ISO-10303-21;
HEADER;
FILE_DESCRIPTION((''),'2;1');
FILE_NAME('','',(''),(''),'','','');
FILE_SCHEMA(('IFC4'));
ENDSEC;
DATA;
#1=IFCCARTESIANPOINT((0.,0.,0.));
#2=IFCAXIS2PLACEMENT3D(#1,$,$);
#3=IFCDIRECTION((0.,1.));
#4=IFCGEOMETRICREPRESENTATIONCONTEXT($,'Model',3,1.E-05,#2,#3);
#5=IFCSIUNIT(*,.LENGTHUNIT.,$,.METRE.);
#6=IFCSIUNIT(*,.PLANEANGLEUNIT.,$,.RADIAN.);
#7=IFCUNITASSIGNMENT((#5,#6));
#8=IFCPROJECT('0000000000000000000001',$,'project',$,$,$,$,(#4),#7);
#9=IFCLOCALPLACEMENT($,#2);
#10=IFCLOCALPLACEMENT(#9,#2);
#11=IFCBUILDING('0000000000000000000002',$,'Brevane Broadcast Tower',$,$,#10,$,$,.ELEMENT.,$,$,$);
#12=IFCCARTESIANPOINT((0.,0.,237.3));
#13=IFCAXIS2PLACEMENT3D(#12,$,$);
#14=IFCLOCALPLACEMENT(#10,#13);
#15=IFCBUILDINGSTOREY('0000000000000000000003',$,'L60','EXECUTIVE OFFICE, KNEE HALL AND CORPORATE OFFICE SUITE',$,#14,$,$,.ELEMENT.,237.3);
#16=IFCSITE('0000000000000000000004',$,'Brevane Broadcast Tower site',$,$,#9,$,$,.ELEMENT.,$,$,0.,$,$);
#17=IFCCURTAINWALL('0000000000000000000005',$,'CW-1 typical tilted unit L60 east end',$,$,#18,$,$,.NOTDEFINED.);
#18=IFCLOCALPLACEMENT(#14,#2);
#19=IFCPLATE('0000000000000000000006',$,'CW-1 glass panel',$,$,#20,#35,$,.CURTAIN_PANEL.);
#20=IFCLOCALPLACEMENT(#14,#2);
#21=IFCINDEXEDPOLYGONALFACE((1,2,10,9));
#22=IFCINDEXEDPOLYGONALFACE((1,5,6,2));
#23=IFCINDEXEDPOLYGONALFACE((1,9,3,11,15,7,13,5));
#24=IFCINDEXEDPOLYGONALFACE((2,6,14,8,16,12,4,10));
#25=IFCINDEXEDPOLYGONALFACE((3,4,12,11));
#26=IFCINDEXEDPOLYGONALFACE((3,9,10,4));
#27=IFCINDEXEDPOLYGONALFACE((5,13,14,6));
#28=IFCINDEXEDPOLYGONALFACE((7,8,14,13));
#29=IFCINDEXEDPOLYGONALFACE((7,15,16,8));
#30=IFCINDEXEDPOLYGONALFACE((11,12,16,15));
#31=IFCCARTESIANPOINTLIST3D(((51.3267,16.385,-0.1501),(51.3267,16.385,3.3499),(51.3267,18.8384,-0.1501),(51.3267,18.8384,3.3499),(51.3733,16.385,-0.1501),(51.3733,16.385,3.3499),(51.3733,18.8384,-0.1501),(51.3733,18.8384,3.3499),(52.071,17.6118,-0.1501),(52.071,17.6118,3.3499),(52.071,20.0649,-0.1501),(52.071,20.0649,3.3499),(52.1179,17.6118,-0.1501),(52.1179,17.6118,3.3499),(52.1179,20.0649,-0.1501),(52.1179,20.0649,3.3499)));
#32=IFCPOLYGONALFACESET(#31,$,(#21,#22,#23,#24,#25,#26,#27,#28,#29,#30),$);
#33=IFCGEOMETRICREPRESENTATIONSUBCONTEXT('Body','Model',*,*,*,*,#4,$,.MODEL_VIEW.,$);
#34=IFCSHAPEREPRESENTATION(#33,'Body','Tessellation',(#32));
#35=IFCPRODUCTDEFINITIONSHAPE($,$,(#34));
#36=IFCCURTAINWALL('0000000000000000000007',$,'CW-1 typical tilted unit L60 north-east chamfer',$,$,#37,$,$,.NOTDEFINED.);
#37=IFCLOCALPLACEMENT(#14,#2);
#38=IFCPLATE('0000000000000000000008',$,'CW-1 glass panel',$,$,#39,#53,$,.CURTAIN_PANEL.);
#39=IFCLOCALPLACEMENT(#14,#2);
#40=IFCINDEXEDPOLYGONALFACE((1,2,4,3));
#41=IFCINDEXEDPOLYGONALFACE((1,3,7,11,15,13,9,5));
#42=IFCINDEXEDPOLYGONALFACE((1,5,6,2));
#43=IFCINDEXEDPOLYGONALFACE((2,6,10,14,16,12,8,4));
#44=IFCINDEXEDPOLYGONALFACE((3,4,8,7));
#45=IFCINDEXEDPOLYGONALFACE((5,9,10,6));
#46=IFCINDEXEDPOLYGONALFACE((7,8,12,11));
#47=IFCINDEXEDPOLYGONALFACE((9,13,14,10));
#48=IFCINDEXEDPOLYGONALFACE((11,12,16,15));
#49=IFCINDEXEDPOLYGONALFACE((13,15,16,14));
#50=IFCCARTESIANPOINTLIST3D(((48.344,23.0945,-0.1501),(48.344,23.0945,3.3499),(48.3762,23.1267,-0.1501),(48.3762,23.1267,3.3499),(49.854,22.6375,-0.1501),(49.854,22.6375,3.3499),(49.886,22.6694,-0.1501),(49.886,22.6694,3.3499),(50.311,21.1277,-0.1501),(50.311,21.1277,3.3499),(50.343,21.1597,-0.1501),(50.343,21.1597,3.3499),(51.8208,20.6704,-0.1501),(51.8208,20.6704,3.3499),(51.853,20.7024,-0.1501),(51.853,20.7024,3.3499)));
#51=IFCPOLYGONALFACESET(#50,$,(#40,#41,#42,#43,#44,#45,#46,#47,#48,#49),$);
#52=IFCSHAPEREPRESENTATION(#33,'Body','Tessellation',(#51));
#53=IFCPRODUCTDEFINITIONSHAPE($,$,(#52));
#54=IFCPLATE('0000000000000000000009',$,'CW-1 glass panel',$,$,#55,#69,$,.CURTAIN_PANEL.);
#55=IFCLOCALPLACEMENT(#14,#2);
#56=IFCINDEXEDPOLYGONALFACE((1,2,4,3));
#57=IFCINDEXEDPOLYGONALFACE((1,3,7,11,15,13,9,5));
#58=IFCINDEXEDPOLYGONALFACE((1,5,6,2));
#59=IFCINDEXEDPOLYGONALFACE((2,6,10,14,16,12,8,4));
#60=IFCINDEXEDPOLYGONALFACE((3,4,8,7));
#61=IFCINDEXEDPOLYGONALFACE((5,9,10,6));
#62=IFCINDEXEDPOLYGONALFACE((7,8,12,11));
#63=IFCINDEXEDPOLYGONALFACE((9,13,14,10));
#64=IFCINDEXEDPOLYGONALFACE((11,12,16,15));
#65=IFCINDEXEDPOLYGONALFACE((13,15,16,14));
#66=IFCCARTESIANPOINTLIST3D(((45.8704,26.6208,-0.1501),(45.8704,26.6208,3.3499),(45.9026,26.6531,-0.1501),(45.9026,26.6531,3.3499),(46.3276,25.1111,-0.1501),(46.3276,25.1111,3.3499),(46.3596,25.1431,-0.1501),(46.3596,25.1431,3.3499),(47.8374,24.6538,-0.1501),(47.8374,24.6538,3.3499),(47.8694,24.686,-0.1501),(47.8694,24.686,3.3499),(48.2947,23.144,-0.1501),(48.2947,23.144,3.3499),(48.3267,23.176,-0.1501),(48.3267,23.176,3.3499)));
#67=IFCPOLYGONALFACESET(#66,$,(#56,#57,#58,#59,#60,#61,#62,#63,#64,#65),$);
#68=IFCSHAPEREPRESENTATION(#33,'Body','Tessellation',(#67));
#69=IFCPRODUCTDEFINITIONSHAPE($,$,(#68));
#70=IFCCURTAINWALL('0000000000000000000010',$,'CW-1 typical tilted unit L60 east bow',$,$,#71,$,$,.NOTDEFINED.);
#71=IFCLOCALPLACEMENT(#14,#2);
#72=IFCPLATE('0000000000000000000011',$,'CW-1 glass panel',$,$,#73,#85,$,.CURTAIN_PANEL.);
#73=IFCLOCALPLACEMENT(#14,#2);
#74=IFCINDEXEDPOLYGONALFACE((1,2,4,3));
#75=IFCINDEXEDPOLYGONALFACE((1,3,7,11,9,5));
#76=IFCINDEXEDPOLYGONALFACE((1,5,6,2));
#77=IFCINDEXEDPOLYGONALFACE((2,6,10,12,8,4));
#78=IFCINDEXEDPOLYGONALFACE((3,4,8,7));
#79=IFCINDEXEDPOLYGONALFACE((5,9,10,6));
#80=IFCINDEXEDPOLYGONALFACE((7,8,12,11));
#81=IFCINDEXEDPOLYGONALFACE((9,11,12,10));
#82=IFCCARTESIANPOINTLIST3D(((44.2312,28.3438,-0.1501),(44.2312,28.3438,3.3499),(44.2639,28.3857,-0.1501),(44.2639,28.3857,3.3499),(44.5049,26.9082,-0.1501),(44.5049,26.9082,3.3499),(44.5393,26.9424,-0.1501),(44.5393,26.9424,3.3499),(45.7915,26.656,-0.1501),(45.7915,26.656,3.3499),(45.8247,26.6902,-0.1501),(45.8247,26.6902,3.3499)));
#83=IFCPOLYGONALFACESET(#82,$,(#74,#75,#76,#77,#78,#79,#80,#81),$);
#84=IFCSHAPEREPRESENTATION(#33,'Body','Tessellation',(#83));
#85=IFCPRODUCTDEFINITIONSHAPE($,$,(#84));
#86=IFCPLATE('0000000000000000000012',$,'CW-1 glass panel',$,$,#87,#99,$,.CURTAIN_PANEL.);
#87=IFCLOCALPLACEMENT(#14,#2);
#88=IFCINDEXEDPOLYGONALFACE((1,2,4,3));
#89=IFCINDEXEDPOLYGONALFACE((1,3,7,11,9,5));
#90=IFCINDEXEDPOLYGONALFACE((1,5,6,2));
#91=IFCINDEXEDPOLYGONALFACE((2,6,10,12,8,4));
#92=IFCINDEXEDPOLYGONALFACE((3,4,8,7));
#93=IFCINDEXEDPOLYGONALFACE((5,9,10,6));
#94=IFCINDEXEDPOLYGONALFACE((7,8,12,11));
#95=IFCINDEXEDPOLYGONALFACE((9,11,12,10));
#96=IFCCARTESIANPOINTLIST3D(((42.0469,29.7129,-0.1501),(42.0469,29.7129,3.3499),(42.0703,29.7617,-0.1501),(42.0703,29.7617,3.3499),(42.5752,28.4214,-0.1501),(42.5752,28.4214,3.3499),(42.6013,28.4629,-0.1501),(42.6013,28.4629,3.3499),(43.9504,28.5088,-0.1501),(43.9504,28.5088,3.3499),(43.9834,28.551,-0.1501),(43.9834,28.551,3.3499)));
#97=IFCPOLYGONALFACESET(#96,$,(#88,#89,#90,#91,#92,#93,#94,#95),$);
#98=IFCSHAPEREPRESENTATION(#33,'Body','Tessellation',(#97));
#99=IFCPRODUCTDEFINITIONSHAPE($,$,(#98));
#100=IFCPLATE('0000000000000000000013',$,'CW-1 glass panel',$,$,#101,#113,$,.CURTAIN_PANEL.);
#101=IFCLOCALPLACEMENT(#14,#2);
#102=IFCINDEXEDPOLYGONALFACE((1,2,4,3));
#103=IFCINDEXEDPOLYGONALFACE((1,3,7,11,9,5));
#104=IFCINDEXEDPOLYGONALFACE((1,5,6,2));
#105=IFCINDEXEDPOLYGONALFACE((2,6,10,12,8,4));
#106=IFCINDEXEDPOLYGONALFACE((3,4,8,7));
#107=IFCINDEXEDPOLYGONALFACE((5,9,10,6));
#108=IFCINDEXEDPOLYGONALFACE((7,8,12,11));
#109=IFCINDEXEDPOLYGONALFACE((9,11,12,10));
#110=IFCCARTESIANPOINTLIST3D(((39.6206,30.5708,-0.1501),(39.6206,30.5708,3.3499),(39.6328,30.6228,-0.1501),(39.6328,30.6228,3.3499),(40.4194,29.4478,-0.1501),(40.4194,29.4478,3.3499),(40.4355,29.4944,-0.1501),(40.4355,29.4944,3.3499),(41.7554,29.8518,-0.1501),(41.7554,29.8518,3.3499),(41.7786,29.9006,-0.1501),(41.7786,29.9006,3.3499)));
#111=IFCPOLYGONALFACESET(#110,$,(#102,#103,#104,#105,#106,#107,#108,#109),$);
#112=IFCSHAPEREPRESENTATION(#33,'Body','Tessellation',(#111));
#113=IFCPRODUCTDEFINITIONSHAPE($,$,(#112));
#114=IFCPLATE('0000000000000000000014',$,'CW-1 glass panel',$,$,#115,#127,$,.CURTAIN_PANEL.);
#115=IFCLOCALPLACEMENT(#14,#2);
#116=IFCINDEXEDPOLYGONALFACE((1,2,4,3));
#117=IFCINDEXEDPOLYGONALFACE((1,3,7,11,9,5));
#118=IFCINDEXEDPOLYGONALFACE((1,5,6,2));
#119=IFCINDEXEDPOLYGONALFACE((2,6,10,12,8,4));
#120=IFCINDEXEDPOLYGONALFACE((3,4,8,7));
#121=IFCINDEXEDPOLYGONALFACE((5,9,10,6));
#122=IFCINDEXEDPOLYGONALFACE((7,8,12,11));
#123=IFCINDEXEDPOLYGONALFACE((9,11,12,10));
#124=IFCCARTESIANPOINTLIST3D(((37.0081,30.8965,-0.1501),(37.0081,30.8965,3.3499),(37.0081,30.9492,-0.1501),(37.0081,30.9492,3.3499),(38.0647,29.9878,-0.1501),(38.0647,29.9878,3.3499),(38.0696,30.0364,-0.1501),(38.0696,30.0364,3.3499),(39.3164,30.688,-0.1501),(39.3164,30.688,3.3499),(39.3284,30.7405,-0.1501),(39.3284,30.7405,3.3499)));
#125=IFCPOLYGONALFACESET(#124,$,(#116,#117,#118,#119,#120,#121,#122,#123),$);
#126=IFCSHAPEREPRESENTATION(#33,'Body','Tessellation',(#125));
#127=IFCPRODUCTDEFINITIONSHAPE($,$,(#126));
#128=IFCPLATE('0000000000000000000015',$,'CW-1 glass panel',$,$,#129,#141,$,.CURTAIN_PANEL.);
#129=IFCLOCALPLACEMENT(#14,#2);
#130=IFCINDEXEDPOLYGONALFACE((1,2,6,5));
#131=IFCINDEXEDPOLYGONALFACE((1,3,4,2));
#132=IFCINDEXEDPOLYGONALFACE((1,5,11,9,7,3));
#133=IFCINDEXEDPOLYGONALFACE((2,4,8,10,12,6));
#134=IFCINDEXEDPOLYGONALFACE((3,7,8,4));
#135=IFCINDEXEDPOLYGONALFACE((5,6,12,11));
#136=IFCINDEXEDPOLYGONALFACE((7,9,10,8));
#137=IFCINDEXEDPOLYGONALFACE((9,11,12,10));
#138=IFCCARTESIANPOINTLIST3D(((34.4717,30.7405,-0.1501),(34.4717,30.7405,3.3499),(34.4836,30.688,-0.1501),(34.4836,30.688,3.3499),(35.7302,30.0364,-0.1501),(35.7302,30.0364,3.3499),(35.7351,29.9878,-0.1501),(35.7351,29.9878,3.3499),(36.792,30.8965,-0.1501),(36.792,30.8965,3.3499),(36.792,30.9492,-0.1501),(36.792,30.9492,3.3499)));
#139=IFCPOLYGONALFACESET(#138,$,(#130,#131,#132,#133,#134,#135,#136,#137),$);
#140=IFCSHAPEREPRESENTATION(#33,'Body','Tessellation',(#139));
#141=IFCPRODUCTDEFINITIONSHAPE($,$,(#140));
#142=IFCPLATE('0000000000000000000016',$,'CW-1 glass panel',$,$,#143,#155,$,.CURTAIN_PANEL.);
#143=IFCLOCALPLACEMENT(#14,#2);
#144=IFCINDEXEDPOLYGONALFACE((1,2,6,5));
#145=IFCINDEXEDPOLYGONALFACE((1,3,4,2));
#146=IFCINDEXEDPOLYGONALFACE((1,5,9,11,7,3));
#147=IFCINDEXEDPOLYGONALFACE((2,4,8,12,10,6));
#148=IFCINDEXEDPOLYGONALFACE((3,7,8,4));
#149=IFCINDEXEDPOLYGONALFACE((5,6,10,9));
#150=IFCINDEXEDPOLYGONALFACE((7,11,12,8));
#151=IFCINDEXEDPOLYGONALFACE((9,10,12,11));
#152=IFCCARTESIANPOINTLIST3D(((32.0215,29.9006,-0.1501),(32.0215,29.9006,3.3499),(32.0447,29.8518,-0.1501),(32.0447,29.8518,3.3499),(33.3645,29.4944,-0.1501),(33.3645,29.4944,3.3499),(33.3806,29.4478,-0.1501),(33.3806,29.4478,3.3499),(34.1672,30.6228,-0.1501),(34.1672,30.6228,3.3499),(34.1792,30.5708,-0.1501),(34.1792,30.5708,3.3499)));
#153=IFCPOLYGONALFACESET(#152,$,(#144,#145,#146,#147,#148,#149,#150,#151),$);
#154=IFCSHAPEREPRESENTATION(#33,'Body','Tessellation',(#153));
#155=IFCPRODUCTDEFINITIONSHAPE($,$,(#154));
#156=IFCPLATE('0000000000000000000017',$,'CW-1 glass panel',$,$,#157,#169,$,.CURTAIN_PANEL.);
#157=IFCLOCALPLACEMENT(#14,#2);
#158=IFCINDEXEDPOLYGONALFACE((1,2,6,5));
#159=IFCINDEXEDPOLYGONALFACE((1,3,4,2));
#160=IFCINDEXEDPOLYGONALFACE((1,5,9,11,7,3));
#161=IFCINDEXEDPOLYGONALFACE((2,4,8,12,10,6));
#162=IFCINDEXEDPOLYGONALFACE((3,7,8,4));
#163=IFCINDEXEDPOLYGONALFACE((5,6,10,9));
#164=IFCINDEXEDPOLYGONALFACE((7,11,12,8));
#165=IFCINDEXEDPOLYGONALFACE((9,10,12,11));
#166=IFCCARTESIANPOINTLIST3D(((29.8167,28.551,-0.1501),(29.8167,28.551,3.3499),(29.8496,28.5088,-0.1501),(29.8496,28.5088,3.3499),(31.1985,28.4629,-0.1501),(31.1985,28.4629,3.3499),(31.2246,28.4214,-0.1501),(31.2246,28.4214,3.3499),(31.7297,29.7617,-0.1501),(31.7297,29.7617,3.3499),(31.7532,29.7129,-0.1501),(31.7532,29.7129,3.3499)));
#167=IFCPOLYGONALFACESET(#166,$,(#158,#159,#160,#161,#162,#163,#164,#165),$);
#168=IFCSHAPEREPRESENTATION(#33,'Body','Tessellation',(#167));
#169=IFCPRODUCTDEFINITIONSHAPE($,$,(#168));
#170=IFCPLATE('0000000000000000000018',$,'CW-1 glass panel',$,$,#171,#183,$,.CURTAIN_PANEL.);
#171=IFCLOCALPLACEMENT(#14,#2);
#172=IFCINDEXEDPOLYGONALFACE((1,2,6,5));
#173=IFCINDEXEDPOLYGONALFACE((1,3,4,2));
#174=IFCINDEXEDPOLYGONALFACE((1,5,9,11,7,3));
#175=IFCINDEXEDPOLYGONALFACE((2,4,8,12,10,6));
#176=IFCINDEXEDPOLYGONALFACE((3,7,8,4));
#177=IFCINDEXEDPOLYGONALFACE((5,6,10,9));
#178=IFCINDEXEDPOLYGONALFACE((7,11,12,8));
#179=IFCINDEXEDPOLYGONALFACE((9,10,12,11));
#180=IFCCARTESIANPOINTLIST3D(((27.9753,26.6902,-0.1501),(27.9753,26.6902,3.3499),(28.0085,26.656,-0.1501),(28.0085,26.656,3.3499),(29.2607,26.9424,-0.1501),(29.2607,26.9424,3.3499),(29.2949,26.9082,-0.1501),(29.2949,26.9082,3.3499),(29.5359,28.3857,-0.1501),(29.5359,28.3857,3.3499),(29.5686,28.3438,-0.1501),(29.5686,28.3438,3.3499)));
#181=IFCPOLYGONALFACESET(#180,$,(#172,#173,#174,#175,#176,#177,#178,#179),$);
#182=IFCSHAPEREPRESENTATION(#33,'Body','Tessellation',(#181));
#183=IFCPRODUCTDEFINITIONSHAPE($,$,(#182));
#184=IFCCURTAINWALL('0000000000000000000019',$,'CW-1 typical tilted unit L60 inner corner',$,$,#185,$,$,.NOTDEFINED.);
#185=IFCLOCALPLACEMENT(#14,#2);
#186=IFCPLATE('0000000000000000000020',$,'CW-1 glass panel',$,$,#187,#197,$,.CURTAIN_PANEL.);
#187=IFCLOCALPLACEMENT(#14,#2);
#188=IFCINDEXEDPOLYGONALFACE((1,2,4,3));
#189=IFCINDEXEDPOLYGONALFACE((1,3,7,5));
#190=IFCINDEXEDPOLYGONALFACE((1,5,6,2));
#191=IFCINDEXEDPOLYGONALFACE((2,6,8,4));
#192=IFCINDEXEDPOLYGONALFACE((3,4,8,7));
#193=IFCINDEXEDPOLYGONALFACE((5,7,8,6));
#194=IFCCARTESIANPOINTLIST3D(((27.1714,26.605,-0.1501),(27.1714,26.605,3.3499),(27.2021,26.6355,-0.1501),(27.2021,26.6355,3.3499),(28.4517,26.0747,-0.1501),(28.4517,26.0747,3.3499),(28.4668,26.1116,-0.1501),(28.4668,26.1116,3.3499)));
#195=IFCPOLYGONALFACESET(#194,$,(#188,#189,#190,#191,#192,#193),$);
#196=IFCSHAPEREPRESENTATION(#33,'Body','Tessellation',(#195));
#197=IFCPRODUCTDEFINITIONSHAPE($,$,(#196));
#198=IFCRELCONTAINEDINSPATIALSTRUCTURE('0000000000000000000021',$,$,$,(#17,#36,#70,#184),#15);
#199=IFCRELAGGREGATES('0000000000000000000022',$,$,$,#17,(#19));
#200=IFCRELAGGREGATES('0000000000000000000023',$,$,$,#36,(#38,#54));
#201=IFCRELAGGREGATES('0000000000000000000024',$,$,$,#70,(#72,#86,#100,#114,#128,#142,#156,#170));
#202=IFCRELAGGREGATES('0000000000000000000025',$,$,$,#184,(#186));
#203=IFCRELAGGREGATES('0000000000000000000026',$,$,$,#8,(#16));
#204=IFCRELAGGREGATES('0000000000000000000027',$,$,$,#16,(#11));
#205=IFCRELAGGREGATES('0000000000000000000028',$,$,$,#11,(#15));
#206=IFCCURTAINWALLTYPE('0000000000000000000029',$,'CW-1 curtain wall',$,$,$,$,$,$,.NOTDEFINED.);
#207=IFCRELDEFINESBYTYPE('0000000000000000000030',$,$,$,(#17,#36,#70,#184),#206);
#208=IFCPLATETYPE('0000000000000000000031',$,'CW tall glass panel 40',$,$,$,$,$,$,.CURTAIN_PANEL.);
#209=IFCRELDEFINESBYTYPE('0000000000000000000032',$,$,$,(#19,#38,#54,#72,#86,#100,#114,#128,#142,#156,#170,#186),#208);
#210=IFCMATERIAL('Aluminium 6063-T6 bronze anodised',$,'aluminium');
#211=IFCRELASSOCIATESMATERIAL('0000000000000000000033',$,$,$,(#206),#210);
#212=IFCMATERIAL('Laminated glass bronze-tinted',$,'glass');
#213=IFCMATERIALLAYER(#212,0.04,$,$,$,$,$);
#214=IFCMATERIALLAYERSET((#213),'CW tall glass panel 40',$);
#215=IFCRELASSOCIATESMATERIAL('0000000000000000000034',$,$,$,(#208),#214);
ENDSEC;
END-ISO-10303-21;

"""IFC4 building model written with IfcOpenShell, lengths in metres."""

from ifc_helpers import new_model, si_unit, direction, frame, origin, place, context, subcontext, project, spatial, polyline, outline, extrude, material, layer, layer_set, type_object, element, aggregate, save


model = new_model("IFC4")

# Units and contexts
model_context = context("Model", 3, precision=1e-05, world=origin(), true_north=direction((0.0, 1.0)))
body_context = subcontext(model_context, "Body", "Model", "MODEL_VIEW")
ifc_project = project(units=[si_unit("LENGTHUNIT", "METRE"), si_unit("PLANEANGLEUNIT", "RADIAN")], contexts=[model_context])

# Site, building, storey
site_placement = place(None, origin())
site = spatial("IfcSite", under=ifc_project, at=site_placement, Name="Brevane Broadcast Tower site", CompositionType="ELEMENT", RefElevation=0.0)
building_placement = place(site_placement, origin())
building = spatial("IfcBuilding", under=site, at=building_placement, Name="Brevane Broadcast Tower", CompositionType="ELEMENT")
storey_placement = place(building_placement, frame((0.0, 0.0, 237.3)))
storey = spatial("IfcBuildingStorey", under=building, at=storey_placement, Name="L60", Description="EXECUTIVE OFFICE, KNEE HALL AND CORPORATE OFFICE SUITE", CompositionType="ELEMENT", Elevation=237.3)

# Curtain wall, plate
ifc_material_1 = material(Name="Aluminium 6063-T6 bronze anodised", Category="aluminium")
curtain_wall_type = type_object("IfcCurtainWallType", Name="CW-1 curtain wall", PredefinedType="NOTDEFINED", material=ifc_material_1)
curtain_wall_1_placement = place(storey_placement, origin())
curtain_wall_1 = element("IfcCurtainWall", 1, at=curtain_wall_1_placement, inside=storey, type_object=curtain_wall_type, Name="CW-1 typical tilted unit L60 east end", PredefinedType="NOTDEFINED")
ifc_material_2 = material(Name="Laminated glass bronze-tinted", Category="glass")
ifc_layer = layer(ifc_material_2, 0.04)
ifc_layer_set = layer_set([ifc_layer], Name="CW tall glass panel 40")
plate_type = type_object("IfcPlateType", Name="CW tall glass panel 40", PredefinedType="CURTAIN_PANEL", material=ifc_layer_set)
plate_1_placement = place(storey_placement, frame((0.0, 0.0, -0.1501)))
plate_1 = element("IfcPlate", 2, at=plate_1_placement, type_object=plate_type, Name="CW-1 glass panel", PredefinedType="CURTAIN_PANEL", context=body_context, shape_type="SweptSolid", body=[
    extrude(outline(polyline([(51.3267, 16.385), (51.3733, 16.385), (52.1179, 17.6118), (51.3733, 18.8384), (52.1179, 20.0649), (52.071, 20.0649), (51.3267, 18.8384), (52.071, 17.6118), (51.3267, 16.385)])), origin(), (0.0, 0.0, 1.0), 3.5),
])
aggregate(curtain_wall_1, [plate_1])

# Curtain walls, plates
curtain_wall_2_placement = place(storey_placement, origin())
curtain_wall_2 = element("IfcCurtainWall", 3, at=curtain_wall_2_placement, inside=storey, type_object=curtain_wall_type, Name="CW-1 typical tilted unit L60 north-east chamfer", PredefinedType="NOTDEFINED")
plate_2_placement = place(storey_placement, frame((0.0, 0.0, -0.1501)))
plate_2 = element("IfcPlate", 4, at=plate_2_placement, type_object=plate_type, Name="CW-1 glass panel", PredefinedType="CURTAIN_PANEL", context=body_context, shape_type="SweptSolid", body=[
    extrude(outline(polyline([(51.8208, 20.6704), (51.853, 20.7024), (50.343, 21.1597), (49.886, 22.6694), (48.3762, 23.1267), (48.344, 23.0945), (49.854, 22.6375), (50.311, 21.1277), (51.8208, 20.6704)])), origin(), (0.0, 0.0, 1.0), 3.5),
])
plate_3_placement = place(storey_placement, frame((0.0, 0.0, -0.1501)))
plate_3 = element("IfcPlate", 5, at=plate_3_placement, type_object=plate_type, Name="CW-1 glass panel", PredefinedType="CURTAIN_PANEL", context=body_context, shape_type="SweptSolid", body=[
    extrude(outline(polyline([(48.2947, 23.144), (48.3267, 23.176), (47.8694, 24.686), (46.3596, 25.1431), (45.9026, 26.6531), (45.8704, 26.6208), (46.3276, 25.1111), (47.8374, 24.6538), (48.2947, 23.144)])), origin(), (0.0, 0.0, 1.0), 3.5),
])
aggregate(curtain_wall_2, [plate_2, plate_3])
curtain_wall_3_placement = place(storey_placement, origin())
curtain_wall_3 = element("IfcCurtainWall", 6, at=curtain_wall_3_placement, inside=storey, type_object=curtain_wall_type, Name="CW-1 typical tilted unit L60 east bow", PredefinedType="NOTDEFINED")
plate_4_placement = place(storey_placement, frame((0.0, 0.0, -0.1501)))
plate_4 = element("IfcPlate", 7, at=plate_4_placement, type_object=plate_type, Name="CW-1 glass panel", PredefinedType="CURTAIN_PANEL", context=body_context, shape_type="SweptSolid", body=[
    extrude(outline(polyline([(45.7915, 26.656), (45.8247, 26.6902), (44.5393, 26.9424), (44.2639, 28.3857), (44.2312, 28.3438), (44.5049, 26.9082), (45.7915, 26.656)])), origin(), (0.0, 0.0, 1.0), 3.5),
])
plate_5_placement = place(storey_placement, frame((0.0, 0.0, -0.1501)))
plate_5 = element("IfcPlate", 8, at=plate_5_placement, type_object=plate_type, Name="CW-1 glass panel", PredefinedType="CURTAIN_PANEL", context=body_context, shape_type="SweptSolid", body=[
    extrude(outline(polyline([(43.9504, 28.5088), (43.9834, 28.551), (42.6013, 28.4629), (42.0703, 29.7617), (42.0469, 29.7129), (42.5752, 28.4214), (43.9504, 28.5088)])), origin(), (0.0, 0.0, 1.0), 3.5),
])
plate_6_placement = place(storey_placement, frame((0.0, 0.0, -0.1501)))
plate_6 = element("IfcPlate", 9, at=plate_6_placement, type_object=plate_type, Name="CW-1 glass panel", PredefinedType="CURTAIN_PANEL", context=body_context, shape_type="SweptSolid", body=[
    extrude(outline(polyline([(41.7554, 29.8518), (41.7786, 29.9006), (40.4355, 29.4944), (39.6328, 30.6228), (39.6206, 30.5708), (40.4194, 29.4478), (41.7554, 29.8518)])), origin(), (0.0, 0.0, 1.0), 3.5),
])
plate_7_placement = place(storey_placement, frame((0.0, 0.0, -0.1501)))
plate_7 = element("IfcPlate", 10, at=plate_7_placement, type_object=plate_type, Name="CW-1 glass panel", PredefinedType="CURTAIN_PANEL", context=body_context, shape_type="SweptSolid", body=[
    extrude(outline(polyline([(39.3164, 30.688), (39.3284, 30.7405), (38.0696, 30.0364), (37.0081, 30.9492), (37.0081, 30.8965), (38.0647, 29.9878), (39.3164, 30.688)])), origin(), (0.0, 0.0, 1.0), 3.5),
])
plate_8_placement = place(storey_placement, frame((0.0, 0.0, -0.1501)))
plate_8 = element("IfcPlate", 11, at=plate_8_placement, type_object=plate_type, Name="CW-1 glass panel", PredefinedType="CURTAIN_PANEL", context=body_context, shape_type="SweptSolid", body=[
    extrude(outline(polyline([(36.792, 30.8965), (36.792, 30.9492), (35.7302, 30.0364), (34.4717, 30.7405), (34.4836, 30.688), (35.7351, 29.9878), (36.792, 30.8965)])), origin(), (0.0, 0.0, 1.0), 3.5),
])
plate_9_placement = place(storey_placement, frame((0.0, 0.0, -0.1501)))
plate_9 = element("IfcPlate", 12, at=plate_9_placement, type_object=plate_type, Name="CW-1 glass panel", PredefinedType="CURTAIN_PANEL", context=body_context, shape_type="SweptSolid", body=[
    extrude(outline(polyline([(34.1792, 30.5708), (34.1672, 30.6228), (33.3645, 29.4944), (32.0215, 29.9006), (32.0447, 29.8518), (33.3806, 29.4478), (34.1792, 30.5708)])), origin(), (0.0, 0.0, 1.0), 3.5),
])
plate_10_placement = place(storey_placement, frame((0.0, 0.0, -0.1501)))
plate_10 = element("IfcPlate", 13, at=plate_10_placement, type_object=plate_type, Name="CW-1 glass panel", PredefinedType="CURTAIN_PANEL", context=body_context, shape_type="SweptSolid", body=[
    extrude(outline(polyline([(31.7532, 29.7129), (31.7297, 29.7617), (31.1985, 28.4629), (29.8167, 28.551), (29.8496, 28.5088), (31.2246, 28.4214), (31.7532, 29.7129)])), origin(), (0.0, 0.0, 1.0), 3.5),
])
plate_11_placement = place(storey_placement, frame((0.0, 0.0, -0.1501)))
plate_11 = element("IfcPlate", 14, at=plate_11_placement, type_object=plate_type, Name="CW-1 glass panel", PredefinedType="CURTAIN_PANEL", context=body_context, shape_type="SweptSolid", body=[
    extrude(outline(polyline([(29.5686, 28.3438), (29.5359, 28.3857), (29.2607, 26.9424), (27.9753, 26.6902), (28.0085, 26.656), (29.2949, 26.9082), (29.5686, 28.3438)])), origin(), (0.0, 0.0, 1.0), 3.5),
])
aggregate(curtain_wall_3, [plate_4, plate_5, plate_6, plate_7, plate_8, plate_9, plate_10, plate_11])
curtain_wall_4_placement = place(storey_placement, origin())
curtain_wall_4 = element("IfcCurtainWall", 15, at=curtain_wall_4_placement, inside=storey, type_object=curtain_wall_type, Name="CW-1 typical tilted unit L60 inner corner", PredefinedType="NOTDEFINED")
plate_12_placement = place(storey_placement, frame((0.0, 0.0, -0.1501)))
plate_12 = element("IfcPlate", 16, at=plate_12_placement, type_object=plate_type, Name="CW-1 glass panel", PredefinedType="CURTAIN_PANEL", context=body_context, shape_type="SweptSolid", body=[
    extrude(outline(polyline([(28.4517, 26.0747), (28.4668, 26.1116), (27.2021, 26.6355), (27.1714, 26.605), (28.4517, 26.0747)])), origin(), (0.0, 0.0, 1.0), 3.5),
])
aggregate(curtain_wall_4, [plate_12])

save(model, "model.ifc")
